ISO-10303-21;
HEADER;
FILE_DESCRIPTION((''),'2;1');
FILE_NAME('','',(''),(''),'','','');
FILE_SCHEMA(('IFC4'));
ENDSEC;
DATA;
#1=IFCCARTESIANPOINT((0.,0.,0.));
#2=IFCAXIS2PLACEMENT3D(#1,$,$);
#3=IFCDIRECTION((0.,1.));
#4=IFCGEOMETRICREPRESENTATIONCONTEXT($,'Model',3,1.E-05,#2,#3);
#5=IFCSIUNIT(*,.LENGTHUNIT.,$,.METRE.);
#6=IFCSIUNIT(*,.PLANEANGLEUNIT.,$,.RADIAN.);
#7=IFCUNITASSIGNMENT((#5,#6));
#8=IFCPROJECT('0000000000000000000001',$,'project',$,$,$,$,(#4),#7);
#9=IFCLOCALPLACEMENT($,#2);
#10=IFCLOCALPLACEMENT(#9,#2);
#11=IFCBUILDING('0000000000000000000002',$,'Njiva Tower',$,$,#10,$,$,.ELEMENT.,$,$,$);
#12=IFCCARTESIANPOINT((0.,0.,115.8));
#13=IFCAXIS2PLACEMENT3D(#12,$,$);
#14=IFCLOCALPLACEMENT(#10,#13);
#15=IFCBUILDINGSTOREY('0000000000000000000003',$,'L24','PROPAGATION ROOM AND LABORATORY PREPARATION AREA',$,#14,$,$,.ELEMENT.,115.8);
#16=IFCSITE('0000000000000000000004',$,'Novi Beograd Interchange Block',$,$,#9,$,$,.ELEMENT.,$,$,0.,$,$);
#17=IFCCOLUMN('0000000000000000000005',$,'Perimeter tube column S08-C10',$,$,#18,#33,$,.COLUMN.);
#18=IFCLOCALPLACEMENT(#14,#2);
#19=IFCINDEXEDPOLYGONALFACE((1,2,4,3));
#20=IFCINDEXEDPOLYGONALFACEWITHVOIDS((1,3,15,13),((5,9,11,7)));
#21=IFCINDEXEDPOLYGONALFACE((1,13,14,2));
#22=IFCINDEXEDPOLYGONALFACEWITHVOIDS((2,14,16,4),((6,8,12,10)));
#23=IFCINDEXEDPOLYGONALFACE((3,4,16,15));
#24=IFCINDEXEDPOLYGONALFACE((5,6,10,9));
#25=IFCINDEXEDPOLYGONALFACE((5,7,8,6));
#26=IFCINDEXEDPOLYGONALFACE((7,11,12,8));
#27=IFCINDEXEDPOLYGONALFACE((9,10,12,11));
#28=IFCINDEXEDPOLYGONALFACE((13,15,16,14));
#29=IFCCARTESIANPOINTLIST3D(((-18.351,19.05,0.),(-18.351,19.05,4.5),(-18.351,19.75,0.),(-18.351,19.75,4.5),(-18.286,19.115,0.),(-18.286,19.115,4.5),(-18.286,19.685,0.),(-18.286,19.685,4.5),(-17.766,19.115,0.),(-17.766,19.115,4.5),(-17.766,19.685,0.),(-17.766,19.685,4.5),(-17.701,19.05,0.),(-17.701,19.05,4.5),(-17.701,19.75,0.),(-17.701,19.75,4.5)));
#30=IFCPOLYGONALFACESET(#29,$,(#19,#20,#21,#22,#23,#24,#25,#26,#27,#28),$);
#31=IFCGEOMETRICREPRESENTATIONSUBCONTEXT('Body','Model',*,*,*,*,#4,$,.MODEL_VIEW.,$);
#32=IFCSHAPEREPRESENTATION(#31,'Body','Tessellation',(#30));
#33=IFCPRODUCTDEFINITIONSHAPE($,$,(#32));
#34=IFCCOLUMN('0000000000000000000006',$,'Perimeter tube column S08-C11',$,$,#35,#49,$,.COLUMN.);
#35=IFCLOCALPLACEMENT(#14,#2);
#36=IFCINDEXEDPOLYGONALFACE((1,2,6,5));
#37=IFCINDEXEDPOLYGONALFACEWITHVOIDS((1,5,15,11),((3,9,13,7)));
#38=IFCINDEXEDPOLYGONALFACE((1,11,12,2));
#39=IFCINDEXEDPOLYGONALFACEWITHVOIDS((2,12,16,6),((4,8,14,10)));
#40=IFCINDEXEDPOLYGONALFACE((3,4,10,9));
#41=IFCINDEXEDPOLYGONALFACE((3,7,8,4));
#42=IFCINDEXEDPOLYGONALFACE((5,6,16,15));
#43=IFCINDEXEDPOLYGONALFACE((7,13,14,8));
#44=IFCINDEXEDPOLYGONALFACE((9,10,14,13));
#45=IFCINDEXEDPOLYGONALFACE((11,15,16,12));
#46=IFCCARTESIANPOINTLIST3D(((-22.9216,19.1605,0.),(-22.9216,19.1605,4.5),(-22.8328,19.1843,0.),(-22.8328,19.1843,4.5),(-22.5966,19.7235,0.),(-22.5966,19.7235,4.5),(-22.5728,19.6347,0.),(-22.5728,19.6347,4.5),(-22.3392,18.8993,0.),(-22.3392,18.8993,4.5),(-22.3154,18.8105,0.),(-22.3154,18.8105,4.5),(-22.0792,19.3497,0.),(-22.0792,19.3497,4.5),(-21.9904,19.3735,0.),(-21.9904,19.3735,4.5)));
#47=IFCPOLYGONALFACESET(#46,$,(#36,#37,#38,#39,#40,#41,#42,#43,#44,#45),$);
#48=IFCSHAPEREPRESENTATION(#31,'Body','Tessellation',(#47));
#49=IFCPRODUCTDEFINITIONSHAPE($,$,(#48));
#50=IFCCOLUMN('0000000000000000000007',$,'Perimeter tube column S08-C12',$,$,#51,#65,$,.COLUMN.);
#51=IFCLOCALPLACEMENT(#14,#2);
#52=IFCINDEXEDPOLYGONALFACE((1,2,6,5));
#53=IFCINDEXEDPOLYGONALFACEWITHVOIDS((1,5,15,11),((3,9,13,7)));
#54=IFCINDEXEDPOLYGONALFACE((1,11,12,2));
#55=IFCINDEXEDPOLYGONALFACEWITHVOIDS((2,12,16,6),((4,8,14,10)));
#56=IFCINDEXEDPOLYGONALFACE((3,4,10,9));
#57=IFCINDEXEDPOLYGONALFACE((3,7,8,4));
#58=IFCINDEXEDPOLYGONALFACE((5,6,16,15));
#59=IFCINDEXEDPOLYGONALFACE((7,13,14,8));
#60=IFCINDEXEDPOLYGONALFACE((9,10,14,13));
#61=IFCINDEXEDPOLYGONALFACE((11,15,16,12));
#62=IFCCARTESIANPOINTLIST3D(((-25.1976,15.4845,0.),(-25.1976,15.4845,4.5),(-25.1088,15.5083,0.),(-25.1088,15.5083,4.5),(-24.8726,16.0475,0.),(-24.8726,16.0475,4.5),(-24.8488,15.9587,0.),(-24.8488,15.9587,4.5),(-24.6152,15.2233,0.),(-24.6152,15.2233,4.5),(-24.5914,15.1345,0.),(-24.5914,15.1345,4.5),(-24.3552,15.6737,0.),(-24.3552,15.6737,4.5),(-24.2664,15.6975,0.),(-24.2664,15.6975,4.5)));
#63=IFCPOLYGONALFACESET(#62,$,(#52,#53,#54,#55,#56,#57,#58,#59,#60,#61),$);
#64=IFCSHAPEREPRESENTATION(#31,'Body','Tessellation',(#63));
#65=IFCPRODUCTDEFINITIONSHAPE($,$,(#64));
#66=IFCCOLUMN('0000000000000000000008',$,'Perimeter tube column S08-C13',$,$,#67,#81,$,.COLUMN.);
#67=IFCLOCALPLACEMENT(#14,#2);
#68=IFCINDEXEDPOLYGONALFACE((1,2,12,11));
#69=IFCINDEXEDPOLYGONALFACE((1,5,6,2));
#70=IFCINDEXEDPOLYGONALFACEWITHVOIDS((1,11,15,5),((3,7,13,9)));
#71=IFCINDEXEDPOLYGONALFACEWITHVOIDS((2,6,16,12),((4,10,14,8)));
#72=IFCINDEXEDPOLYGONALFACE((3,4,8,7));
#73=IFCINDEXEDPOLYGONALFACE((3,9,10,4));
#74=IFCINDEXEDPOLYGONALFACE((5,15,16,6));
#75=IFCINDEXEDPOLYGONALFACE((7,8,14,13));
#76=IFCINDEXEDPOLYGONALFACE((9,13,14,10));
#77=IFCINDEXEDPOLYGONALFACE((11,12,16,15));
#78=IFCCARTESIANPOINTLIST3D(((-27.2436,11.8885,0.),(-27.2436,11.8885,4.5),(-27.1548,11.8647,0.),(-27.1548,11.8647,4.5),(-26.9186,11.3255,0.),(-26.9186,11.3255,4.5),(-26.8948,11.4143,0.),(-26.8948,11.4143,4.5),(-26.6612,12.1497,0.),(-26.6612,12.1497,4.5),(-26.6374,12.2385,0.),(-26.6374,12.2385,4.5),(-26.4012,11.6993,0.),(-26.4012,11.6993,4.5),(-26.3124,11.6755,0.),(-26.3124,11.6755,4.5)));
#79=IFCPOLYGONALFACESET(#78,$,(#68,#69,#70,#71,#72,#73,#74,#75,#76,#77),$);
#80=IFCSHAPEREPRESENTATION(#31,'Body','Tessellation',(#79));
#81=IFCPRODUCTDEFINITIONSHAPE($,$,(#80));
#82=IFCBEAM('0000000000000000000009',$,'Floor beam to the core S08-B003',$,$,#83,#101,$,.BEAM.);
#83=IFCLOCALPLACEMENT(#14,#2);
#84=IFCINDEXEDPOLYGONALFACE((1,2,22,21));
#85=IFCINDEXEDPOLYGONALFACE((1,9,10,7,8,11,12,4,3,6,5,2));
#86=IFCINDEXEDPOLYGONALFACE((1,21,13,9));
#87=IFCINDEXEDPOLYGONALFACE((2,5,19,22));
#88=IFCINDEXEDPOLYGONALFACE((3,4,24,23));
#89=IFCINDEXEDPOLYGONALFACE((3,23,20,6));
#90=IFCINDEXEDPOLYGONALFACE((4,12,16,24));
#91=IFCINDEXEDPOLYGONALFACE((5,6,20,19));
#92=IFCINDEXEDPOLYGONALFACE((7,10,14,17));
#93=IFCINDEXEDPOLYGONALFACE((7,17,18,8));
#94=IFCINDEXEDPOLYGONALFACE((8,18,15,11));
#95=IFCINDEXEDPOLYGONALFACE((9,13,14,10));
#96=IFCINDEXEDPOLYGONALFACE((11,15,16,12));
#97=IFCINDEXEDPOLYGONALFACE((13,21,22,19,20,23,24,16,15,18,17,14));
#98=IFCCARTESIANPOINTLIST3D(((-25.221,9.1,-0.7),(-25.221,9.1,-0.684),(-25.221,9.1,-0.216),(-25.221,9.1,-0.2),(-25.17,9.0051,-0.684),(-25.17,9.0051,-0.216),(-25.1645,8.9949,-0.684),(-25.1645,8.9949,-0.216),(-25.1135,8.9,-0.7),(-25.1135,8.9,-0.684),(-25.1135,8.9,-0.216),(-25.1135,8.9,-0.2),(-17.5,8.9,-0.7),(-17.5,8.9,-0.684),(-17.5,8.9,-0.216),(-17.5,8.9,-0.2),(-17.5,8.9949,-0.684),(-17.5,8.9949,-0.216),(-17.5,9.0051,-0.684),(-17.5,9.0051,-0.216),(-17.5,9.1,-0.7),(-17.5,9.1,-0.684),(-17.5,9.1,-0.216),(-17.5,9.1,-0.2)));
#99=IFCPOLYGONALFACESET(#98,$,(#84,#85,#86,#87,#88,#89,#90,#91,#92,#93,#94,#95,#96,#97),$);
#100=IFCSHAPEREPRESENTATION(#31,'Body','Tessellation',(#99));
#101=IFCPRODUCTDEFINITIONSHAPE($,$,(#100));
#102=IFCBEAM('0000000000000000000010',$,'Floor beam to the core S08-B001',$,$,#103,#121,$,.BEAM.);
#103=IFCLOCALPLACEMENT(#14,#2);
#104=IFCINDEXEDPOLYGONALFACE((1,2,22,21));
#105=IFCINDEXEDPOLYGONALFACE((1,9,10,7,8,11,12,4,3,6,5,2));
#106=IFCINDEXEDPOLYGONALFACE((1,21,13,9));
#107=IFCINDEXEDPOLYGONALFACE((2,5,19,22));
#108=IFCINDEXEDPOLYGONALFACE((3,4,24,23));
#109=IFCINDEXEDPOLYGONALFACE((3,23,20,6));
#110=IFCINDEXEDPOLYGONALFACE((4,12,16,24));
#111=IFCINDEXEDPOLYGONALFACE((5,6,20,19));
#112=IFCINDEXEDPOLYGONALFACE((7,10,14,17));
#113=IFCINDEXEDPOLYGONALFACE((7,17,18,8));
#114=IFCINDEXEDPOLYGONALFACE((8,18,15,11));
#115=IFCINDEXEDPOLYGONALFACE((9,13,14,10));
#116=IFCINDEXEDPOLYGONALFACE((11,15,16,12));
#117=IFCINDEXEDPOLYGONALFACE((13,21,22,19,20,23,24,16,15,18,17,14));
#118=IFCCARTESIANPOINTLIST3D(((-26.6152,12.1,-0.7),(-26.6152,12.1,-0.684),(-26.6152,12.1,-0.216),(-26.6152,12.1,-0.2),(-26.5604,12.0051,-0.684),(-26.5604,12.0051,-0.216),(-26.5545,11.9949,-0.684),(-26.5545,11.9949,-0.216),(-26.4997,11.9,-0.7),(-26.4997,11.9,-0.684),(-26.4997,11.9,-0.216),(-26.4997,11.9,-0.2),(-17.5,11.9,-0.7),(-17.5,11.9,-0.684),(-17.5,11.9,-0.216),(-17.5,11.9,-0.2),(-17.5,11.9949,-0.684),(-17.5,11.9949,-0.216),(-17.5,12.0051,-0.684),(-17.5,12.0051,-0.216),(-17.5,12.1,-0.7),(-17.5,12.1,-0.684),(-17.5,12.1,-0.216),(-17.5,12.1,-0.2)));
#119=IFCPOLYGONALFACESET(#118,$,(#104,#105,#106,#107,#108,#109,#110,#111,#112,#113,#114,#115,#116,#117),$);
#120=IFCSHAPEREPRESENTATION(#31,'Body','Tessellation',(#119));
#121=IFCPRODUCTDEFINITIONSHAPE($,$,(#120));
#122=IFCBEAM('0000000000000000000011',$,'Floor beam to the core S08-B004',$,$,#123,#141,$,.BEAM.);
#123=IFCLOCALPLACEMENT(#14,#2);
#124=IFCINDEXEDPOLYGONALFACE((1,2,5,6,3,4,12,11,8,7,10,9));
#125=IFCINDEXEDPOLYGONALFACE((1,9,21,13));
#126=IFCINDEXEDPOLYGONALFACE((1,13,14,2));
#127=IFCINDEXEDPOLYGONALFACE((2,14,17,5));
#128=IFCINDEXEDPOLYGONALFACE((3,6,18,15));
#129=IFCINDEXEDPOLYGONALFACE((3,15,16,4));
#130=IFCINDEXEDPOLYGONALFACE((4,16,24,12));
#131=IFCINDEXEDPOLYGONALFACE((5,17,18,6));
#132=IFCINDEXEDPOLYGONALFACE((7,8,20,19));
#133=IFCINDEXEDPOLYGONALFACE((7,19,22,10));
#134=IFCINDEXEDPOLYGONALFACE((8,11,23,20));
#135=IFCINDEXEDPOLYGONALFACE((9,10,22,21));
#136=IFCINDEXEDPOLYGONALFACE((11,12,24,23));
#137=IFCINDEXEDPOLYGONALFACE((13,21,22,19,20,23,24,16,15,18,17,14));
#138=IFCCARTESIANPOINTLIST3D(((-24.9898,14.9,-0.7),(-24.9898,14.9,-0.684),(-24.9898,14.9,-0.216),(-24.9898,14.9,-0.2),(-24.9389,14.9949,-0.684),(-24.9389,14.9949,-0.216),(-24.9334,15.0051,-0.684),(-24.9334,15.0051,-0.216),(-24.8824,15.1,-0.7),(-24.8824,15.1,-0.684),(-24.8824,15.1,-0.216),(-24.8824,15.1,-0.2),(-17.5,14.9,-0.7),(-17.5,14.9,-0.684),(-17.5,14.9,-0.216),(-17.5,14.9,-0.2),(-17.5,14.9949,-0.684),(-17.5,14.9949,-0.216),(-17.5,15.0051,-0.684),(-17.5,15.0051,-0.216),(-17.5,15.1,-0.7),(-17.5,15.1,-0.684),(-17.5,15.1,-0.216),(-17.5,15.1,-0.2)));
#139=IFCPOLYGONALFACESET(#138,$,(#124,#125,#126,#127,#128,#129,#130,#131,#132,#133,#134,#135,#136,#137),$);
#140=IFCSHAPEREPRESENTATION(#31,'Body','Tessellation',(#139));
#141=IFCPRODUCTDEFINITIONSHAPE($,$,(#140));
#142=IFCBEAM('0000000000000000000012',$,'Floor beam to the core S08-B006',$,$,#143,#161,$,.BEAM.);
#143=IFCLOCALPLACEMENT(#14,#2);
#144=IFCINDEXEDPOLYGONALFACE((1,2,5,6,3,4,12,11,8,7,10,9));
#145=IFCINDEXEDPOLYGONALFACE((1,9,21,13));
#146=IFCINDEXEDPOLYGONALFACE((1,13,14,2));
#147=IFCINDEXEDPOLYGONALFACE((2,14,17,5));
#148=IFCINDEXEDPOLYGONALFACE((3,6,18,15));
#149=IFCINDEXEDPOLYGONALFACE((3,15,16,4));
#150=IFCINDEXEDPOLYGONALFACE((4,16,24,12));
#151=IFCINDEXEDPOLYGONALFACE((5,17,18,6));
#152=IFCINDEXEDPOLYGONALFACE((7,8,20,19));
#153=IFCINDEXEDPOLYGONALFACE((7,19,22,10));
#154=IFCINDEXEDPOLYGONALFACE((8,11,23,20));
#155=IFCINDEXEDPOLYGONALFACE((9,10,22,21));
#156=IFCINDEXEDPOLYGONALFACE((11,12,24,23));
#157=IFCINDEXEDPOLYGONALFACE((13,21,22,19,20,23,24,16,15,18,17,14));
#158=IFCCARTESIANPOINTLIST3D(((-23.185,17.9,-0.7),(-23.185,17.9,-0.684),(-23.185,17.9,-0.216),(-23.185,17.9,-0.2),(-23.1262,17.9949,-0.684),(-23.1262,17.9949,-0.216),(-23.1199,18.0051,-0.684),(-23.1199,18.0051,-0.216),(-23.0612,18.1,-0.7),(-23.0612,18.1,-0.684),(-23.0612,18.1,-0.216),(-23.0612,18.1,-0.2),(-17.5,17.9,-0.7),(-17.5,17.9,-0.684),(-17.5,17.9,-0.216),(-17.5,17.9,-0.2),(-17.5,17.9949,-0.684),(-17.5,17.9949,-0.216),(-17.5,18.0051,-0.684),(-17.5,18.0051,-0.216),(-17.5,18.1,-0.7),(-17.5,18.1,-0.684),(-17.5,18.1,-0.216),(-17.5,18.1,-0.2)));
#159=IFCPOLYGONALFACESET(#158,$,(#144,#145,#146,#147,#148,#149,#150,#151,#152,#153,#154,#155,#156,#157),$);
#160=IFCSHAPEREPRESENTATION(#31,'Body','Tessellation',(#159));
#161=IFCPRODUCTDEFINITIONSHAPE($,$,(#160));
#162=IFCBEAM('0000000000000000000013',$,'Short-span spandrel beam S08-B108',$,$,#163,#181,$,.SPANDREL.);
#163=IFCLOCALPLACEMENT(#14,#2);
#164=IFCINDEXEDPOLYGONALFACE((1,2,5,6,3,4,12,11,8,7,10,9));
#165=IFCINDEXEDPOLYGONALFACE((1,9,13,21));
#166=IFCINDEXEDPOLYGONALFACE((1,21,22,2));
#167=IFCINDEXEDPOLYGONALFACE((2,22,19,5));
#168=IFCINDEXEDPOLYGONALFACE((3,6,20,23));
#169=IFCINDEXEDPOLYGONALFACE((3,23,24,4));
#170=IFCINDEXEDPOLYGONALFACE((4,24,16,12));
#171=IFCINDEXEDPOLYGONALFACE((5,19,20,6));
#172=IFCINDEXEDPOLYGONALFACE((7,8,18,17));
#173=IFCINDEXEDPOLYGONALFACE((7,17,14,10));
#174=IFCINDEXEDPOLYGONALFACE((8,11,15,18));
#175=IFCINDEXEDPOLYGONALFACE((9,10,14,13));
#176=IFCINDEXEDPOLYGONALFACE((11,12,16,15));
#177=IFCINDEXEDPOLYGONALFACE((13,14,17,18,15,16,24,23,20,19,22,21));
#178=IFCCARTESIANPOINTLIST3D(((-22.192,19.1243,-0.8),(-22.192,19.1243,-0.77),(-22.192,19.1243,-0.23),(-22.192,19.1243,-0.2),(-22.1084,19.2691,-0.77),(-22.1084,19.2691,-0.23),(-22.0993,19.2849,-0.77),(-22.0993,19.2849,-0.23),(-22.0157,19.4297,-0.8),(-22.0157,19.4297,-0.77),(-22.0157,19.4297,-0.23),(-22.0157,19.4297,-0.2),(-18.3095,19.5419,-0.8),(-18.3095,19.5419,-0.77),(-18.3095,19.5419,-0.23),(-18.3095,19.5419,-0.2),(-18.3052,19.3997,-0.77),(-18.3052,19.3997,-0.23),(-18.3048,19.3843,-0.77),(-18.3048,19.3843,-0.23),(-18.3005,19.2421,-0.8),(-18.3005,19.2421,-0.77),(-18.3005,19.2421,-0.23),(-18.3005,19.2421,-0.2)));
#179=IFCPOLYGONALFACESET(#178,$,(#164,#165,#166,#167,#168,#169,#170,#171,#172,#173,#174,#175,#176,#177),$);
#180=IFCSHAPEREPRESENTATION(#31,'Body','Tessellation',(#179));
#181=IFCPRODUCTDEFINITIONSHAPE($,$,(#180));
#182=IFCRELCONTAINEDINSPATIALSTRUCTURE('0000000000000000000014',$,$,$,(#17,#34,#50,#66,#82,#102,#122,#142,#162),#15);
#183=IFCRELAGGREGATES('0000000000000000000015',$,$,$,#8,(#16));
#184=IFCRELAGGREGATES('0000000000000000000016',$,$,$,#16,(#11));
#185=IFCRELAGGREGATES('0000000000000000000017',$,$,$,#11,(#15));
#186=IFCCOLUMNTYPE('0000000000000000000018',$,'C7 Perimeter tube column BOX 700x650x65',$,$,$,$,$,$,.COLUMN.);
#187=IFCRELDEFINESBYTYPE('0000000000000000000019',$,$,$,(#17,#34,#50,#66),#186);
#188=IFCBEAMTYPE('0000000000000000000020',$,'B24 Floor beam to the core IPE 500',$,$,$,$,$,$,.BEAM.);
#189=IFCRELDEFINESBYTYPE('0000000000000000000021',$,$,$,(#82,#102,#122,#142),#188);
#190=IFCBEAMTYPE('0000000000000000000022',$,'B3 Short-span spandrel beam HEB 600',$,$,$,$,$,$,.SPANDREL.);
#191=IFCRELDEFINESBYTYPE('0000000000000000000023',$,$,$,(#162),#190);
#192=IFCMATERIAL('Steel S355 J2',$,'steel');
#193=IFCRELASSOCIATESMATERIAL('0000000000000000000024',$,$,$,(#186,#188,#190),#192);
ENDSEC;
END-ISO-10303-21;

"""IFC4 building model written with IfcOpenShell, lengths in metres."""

from ifc_helpers import new_model, si_unit, direction, frame, origin, origin_2d, place, context, subcontext, project, spatial, hollow_rectangle, i_section, extrude, clip, halfspace, material, material_profile, profile_set, type_object, element, save


model = new_model("IFC4")

# Units and contexts
model_context = context("Model", 3, precision=1e-05, world=origin(), true_north=direction((0.0, 1.0)))
body_context = subcontext(model_context, "Body", "Model", "MODEL_VIEW")
ifc_project = project(units=[si_unit("LENGTHUNIT", "METRE"), si_unit("PLANEANGLEUNIT", "RADIAN")], contexts=[model_context])

# Site, building, storey
site_placement = place(None, origin())
site = spatial("IfcSite", under=ifc_project, at=site_placement, Name="Novi Beograd Interchange Block", CompositionType="ELEMENT", RefElevation=0.0)
building_placement = place(site_placement, origin())
building = spatial("IfcBuilding", under=site, at=building_placement, Name="Njiva Tower", CompositionType="ELEMENT")
storey_placement = place(building_placement, frame((0.0, 0.0, 115.8)))
storey = spatial("IfcBuildingStorey", under=building, at=storey_placement, Name="L24", Description="PROPAGATION ROOM AND LABORATORY PREPARATION AREA", CompositionType="ELEMENT", Elevation=115.8)

# Columns
ifc_material_1 = material(Name="Steel S355 J2", Category="steel")
ifc_material_profile_1 = material_profile(ifc_material_1, hollow_rectangle(XDim=0.65, YDim=0.7, WallThickness=0.065, at=origin_2d()), Name="BOX 700x650x65")
ifc_profile_set_1 = profile_set([ifc_material_profile_1], Name="Steel S355 J2")
column_type = type_object("IfcColumnType", Name="C7 Perimeter tube column BOX 700x650x65", PredefinedType="COLUMN", material=ifc_profile_set_1)
for number, where, z_axis, x_axis, name in (
    (1, (-18.026, 19.4, 0.0), (0.0, 0.0, 1.0), (-1.0, 0.0, 0.0), "Perimeter tube column S08-C10"),
    (2, (-22.456, 19.267, 0.0), (0.0, 0.0, 1.0), (-0.5, -0.866025, 0.0), "Perimeter tube column S08-C11"),
    (3, (-24.732, 15.591, 0.0), (0.0, 0.0, 1.0), (-0.5, -0.866025, 0.0), "Perimeter tube column S08-C12"),
    (4, (-26.778, 11.782, 0.0), (0.0, 0.0, 1.0), (0.5, -0.866025, 0.0), "Perimeter tube column S08-C13"),
):
    element("IfcColumn", number, at=place(storey_placement, frame(where, z_axis=z_axis, x_axis=x_axis)), inside=storey, type_object=column_type, Name=name, PredefinedType="COLUMN", context=body_context, shape_type="SweptSolid", body=[
        extrude(hollow_rectangle(XDim=0.65, YDim=0.7, WallThickness=0.065, at=origin_2d()), origin(), (0.0, 0.0, 1.0), 4.5),
    ])

# Beams
ifc_material_profile_2 = material_profile(ifc_material_1, i_section(OverallWidth=0.2, OverallDepth=0.5, WebThickness=0.0102, FlangeThickness=0.016, at=origin_2d()), Name="IPE 500")
ifc_profile_set_2 = profile_set([ifc_material_profile_2], Name="Steel S355 J2")
beam_type_1 = type_object("IfcBeamType", Name="B24 Floor beam to the core IPE 500", PredefinedType="BEAM", material=ifc_profile_set_2)
beam_1_placement = place(storey_placement, frame((-25.241, 9.0, -0.45), z_axis=(1.0, 0.0, 0.0), x_axis=(0.0, 1.0, 0.0)))
element("IfcBeam", 5, at=beam_1_placement, inside=storey, type_object=beam_type_1, Name="Floor beam to the core S08-B003", PredefinedType="BEAM", context=body_context, shape_type="Clipping", body=[
    clip(extrude(i_section(OverallWidth=0.2, OverallDepth=0.5, WebThickness=0.0102, FlangeThickness=0.016, at=origin_2d()), origin(), (0.0, 0.0, 1.0), 7.741), halfspace(frame((-0.0237, 0.0, 0.0865), z_axis=(-0.473762, 0.0, -0.880653), x_axis=(0.0, -1.0, 0.0)), False)),
])
beam_2_placement = place(storey_placement, frame((-26.635, 12.0, -0.45), z_axis=(1.0, 0.0, 0.0), x_axis=(0.0, 1.0, 0.0)))
element("IfcBeam", 6, at=beam_2_placement, inside=storey, type_object=beam_type_1, Name="Floor beam to the core S08-B001", PredefinedType="BEAM", context=body_context, shape_type="Clipping", body=[
    clip(extrude(i_section(OverallWidth=0.2, OverallDepth=0.5, WebThickness=0.0102, FlangeThickness=0.016, at=origin_2d()), origin(), (0.0, 0.0, 1.0), 9.135), halfspace(frame((-0.025, 0.0, 0.092), z_axis=(-0.499998, 0.0, -0.866027), x_axis=(0.0, -1.0, 0.0)), False)),
])
beam_3_placement = place(storey_placement, frame((-25.01, 15.0, -0.45), z_axis=(1.0, 0.0, 0.0), x_axis=(0.0, 1.0, 0.0)))
element("IfcBeam", 7, at=beam_3_placement, inside=storey, type_object=beam_type_1, Name="Floor beam to the core S08-B004", PredefinedType="BEAM", context=body_context, shape_type="Clipping", body=[
    clip(extrude(i_section(OverallWidth=0.2, OverallDepth=0.5, WebThickness=0.0102, FlangeThickness=0.016, at=origin_2d()), origin(), (0.0, 0.0, 1.0), 7.51), halfspace(frame((0.0237, 0.0, 0.0866), z_axis=(0.473099, 0.0, -0.881009), x_axis=(0.0, -1.0, 0.0)), False)),
])
beam_4_placement = place(storey_placement, frame((-23.205, 18.0, -0.45), z_axis=(1.0, 0.0, 0.0), x_axis=(0.0, 1.0, 0.0)))
element("IfcBeam", 8, at=beam_4_placement, inside=storey, type_object=beam_type_1, Name="Floor beam to the core S08-B006", PredefinedType="BEAM", context=body_context, shape_type="Clipping", body=[
    clip(extrude(i_section(OverallWidth=0.2, OverallDepth=0.5, WebThickness=0.0102, FlangeThickness=0.016, at=origin_2d()), origin(), (0.0, 0.0, 1.0), 5.705), halfspace(frame((0.0263, 0.0, 0.0982), z_axis=(0.526429, 0.0, -0.850219), x_axis=(0.0, -1.0, 0.0)), False)),
])
ifc_material_profile_3 = material_profile(ifc_material_1, i_section(OverallWidth=0.3, OverallDepth=0.6, WebThickness=0.0155, FlangeThickness=0.03, at=origin_2d()), Name="HEB 600")
ifc_profile_set_3 = profile_set([ifc_material_profile_3], Name="Steel S355 J2")
beam_type_2 = type_object("IfcBeamType", Name="B3 Short-span spandrel beam HEB 600", PredefinedType="SPANDREL", material=ifc_profile_set_3)
beam_5_placement = place(storey_placement, frame((-18.305, 19.392, -0.5), z_axis=(-0.999542, -0.030257, 0.0), x_axis=(0.030257, -0.999542, 0.0)))
element("IfcBeam", 9, at=beam_5_placement, inside=storey, type_object=beam_type_2, Name="Short-span spandrel beam S08-B108", PredefinedType="SPANDREL", context=body_context, shape_type="Clipping", body=[
    clip(extrude(i_section(OverallWidth=0.3, OverallDepth=0.6, WebThickness=0.0155, FlangeThickness=0.03, at=origin_2d()), origin(), (0.0, 0.0, 1.0), 3.9137), halfspace(frame((-0.0268, 0.0, 3.784), z_axis=(-0.525973, 0.0, 0.850501), x_axis=(0.0, 1.0, 0.0)), False)),
])

save(model, "model.ifc")
